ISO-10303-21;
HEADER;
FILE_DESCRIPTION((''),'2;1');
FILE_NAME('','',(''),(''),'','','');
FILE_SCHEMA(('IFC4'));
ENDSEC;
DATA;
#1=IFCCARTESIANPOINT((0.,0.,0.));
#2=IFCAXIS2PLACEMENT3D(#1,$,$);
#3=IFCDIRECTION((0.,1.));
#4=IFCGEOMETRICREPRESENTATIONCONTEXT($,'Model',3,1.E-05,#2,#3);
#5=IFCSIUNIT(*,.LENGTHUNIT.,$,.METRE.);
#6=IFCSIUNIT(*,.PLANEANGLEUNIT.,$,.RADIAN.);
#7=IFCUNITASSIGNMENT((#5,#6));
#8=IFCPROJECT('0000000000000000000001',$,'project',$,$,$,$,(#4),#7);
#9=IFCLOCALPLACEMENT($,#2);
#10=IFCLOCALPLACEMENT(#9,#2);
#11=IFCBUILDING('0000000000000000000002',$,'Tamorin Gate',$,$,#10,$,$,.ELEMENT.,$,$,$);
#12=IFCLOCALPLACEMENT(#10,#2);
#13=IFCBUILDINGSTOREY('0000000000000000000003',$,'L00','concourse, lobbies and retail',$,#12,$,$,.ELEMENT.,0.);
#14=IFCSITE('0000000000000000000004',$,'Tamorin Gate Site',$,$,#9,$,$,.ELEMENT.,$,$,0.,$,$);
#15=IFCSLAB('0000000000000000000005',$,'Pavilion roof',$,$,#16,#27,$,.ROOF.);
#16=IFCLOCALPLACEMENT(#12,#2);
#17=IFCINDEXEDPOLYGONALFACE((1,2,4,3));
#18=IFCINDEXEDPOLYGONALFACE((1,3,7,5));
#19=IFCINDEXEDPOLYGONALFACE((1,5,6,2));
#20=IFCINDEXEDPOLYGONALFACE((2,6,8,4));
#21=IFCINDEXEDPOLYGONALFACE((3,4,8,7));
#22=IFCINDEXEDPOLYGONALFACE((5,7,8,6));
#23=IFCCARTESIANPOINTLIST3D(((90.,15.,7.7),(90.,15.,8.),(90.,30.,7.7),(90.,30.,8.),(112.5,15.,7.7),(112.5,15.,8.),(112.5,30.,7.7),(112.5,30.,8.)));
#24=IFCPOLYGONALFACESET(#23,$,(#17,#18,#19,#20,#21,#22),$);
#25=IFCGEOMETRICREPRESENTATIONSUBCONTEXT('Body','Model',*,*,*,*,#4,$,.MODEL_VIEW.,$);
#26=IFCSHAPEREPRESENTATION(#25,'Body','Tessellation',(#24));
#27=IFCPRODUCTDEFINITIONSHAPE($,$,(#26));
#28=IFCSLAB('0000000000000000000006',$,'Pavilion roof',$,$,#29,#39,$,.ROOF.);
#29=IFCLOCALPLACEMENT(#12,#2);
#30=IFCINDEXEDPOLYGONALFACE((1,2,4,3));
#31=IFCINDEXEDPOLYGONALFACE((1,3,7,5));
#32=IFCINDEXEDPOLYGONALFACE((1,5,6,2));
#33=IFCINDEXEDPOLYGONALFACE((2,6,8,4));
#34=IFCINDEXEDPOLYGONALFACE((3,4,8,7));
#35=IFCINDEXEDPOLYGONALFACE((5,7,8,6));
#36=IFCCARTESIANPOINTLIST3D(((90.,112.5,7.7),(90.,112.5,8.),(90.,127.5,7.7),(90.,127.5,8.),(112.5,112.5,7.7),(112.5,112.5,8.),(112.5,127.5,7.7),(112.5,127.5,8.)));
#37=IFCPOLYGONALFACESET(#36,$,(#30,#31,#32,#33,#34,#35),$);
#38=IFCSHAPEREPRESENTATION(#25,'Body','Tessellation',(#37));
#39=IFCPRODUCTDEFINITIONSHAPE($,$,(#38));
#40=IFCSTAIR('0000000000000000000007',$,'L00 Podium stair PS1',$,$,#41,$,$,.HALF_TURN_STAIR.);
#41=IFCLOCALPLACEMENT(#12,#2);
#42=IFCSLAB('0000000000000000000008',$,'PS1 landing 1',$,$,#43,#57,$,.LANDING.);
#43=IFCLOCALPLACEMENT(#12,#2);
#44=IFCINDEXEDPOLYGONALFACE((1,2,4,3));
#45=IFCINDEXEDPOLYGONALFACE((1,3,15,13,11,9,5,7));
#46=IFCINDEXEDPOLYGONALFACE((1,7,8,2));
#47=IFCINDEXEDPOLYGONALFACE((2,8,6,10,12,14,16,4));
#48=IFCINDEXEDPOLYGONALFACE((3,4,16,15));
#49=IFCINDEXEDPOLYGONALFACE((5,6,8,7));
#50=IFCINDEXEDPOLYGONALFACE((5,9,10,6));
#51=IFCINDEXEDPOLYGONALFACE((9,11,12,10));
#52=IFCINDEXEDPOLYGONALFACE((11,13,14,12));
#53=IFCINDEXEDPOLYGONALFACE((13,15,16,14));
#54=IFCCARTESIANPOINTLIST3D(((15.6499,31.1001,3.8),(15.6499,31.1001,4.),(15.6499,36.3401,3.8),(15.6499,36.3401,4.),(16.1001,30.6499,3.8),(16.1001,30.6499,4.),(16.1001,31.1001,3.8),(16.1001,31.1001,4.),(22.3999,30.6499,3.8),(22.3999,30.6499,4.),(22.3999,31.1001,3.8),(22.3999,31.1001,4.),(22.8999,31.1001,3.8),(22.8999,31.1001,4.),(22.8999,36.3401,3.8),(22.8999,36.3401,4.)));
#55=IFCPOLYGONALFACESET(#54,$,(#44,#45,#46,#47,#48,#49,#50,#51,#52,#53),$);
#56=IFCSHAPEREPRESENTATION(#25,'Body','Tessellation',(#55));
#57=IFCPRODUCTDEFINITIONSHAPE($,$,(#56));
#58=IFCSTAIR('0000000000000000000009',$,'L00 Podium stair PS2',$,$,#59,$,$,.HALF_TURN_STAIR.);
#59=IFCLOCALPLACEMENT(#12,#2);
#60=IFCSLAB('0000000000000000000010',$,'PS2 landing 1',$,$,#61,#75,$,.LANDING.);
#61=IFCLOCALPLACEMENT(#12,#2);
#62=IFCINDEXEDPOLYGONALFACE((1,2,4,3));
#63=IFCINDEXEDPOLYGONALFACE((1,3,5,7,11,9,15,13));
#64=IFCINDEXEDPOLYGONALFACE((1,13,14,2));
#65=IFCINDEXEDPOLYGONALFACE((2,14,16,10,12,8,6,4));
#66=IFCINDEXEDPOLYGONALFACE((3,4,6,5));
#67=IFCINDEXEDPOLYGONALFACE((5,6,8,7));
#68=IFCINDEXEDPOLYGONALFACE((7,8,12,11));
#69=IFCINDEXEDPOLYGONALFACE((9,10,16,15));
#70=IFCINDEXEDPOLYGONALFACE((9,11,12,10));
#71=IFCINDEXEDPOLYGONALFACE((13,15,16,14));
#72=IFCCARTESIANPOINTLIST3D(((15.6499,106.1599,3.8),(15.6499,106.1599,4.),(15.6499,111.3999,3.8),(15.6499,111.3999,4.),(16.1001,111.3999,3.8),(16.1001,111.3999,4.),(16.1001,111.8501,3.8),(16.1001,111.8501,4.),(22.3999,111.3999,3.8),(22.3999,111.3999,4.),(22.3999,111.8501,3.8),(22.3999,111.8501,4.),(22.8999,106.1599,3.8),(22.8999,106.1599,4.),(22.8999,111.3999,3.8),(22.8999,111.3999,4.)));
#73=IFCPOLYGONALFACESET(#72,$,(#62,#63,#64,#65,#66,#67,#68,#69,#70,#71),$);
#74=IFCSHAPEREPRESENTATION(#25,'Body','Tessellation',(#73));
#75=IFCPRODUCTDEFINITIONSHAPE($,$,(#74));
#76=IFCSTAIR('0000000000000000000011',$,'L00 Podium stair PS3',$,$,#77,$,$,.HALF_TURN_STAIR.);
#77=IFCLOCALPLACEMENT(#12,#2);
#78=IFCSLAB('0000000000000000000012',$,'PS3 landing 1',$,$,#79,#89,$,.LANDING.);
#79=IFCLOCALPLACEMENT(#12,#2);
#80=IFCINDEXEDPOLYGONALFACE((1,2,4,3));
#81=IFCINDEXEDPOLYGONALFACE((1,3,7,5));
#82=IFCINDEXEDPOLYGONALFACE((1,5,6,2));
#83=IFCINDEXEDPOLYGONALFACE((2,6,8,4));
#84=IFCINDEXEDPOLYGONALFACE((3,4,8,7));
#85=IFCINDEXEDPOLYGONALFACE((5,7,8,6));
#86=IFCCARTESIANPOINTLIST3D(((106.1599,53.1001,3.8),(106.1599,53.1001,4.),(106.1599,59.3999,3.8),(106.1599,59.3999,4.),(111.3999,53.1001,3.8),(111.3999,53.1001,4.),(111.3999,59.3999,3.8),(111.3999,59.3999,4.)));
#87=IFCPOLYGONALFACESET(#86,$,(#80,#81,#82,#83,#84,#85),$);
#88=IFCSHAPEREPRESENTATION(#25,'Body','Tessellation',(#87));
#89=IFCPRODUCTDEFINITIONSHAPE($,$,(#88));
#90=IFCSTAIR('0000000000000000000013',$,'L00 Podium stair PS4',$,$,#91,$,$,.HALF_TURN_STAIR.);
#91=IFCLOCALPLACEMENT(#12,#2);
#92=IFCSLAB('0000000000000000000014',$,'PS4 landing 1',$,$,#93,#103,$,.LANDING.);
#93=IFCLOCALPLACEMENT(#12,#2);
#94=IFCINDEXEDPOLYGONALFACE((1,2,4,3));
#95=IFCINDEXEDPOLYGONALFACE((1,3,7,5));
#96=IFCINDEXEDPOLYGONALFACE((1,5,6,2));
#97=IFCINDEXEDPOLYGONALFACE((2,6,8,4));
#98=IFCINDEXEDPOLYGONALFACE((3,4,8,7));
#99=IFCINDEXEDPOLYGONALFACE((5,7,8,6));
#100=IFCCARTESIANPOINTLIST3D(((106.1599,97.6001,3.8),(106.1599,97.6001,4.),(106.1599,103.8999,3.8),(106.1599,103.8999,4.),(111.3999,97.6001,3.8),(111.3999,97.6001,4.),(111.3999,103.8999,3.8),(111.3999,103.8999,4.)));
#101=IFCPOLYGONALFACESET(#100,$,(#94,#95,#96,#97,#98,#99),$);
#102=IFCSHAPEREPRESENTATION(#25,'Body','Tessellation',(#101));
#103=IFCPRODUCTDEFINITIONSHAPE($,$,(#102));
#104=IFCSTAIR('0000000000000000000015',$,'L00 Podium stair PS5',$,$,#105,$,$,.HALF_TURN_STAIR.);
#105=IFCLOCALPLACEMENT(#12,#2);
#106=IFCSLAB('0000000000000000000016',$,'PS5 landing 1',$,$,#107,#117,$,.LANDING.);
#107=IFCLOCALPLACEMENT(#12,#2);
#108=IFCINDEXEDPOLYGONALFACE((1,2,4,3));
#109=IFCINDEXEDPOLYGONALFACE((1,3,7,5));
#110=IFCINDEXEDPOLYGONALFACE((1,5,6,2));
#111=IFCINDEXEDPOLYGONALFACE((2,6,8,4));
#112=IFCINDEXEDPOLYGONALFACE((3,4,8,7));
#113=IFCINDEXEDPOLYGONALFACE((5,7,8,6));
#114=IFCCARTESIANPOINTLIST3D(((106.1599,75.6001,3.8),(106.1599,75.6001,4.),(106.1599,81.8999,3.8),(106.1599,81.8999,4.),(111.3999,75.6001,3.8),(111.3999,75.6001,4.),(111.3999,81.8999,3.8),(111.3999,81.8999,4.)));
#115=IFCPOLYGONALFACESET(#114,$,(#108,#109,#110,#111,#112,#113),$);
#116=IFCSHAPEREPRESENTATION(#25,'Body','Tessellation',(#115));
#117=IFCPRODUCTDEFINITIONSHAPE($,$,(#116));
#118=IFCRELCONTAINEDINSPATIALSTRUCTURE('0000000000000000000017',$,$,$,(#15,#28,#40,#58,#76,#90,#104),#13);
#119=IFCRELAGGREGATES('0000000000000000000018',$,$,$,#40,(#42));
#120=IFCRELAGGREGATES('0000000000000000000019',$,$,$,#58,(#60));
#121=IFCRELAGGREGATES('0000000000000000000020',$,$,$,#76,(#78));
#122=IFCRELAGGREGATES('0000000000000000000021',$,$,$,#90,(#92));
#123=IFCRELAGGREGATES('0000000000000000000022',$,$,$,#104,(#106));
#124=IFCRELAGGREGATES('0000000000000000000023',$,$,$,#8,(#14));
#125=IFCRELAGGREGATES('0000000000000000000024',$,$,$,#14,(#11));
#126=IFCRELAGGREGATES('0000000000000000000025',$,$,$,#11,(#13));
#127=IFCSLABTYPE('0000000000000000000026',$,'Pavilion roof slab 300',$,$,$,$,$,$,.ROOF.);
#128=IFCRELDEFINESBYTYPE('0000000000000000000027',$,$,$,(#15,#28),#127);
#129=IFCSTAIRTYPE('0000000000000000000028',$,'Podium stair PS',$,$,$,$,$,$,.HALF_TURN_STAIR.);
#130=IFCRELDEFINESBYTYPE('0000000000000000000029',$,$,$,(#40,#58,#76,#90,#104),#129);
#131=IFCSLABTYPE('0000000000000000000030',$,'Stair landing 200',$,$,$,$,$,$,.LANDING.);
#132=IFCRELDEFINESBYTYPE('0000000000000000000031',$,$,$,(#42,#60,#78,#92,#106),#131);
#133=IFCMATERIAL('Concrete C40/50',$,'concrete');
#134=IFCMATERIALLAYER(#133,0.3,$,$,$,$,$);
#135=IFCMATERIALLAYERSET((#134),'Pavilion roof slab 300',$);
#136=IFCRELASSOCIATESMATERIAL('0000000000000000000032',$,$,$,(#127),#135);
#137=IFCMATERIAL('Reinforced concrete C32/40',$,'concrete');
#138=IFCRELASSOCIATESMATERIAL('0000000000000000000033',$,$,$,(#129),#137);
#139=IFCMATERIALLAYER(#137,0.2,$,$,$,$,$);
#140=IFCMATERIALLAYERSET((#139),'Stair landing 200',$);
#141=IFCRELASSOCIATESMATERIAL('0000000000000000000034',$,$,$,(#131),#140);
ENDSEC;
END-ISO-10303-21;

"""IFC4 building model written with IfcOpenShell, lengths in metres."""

from ifc_helpers import new_model, si_unit, direction, frame, origin, place, context, subcontext, project, spatial, polyline, outline, extrude, material, layer, layer_set, type_object, element, aggregate, save


model = new_model("IFC4")

# Units and contexts
model_context = context("Model", 3, precision=1e-05, world=origin(), true_north=direction((0.0, 1.0)))
body_context = subcontext(model_context, "Body", "Model", "MODEL_VIEW")
ifc_project = project(units=[si_unit("LENGTHUNIT", "METRE"), si_unit("PLANEANGLEUNIT", "RADIAN")], contexts=[model_context])

# Site, building, storey
site_placement = place(None, origin())
site = spatial("IfcSite", under=ifc_project, at=site_placement, Name="Tamorin Gate Site", CompositionType="ELEMENT", RefElevation=0.0)
building_placement = place(site_placement, origin())
building = spatial("IfcBuilding", under=site, at=building_placement, Name="Tamorin Gate", CompositionType="ELEMENT")
storey_placement = place(building_placement, origin())
storey = spatial("IfcBuildingStorey", under=building, at=storey_placement, Name="L00", Description="concourse, lobbies and retail", CompositionType="ELEMENT", Elevation=0.0)

# Shared definitions
ifc_material_1 = material(Name="Concrete C40/50", Category="concrete")

# Slabs
ifc_layer_1 = layer(ifc_material_1, 0.3)
ifc_layer_set_1 = layer_set([ifc_layer_1], Name="Pavilion roof slab 300")
slab_type_1 = type_object("IfcSlabType", Name="Pavilion roof slab 300", PredefinedType="ROOF", material=ifc_layer_set_1)
slab_1_placement = place(storey_placement, frame((0.0, 0.0, 7.7)))
element("IfcSlab", 1, at=slab_1_placement, inside=storey, type_object=slab_type_1, Name="Pavilion roof", PredefinedType="ROOF", context=body_context, shape_type="SweptSolid", body=[
    extrude(outline(polyline([(90.0, 15.0), (112.5, 15.0), (112.5, 30.0), (90.0, 30.0), (90.0, 15.0)])), origin(), (0.0, 0.0, 1.0), 0.3),
])
slab_2_placement = place(storey_placement, frame((0.0, 0.0, 7.7)))
element("IfcSlab", 2, at=slab_2_placement, inside=storey, type_object=slab_type_1, Name="Pavilion roof", PredefinedType="ROOF", context=body_context, shape_type="SweptSolid", body=[
    extrude(outline(polyline([(90.0, 112.5), (112.5, 112.5), (112.5, 127.5), (90.0, 127.5), (90.0, 112.5)])), origin(), (0.0, 0.0, 1.0), 0.3),
])

# Stairs, slabs
ifc_material_2 = material(Name="Reinforced concrete C32/40", Category="concrete")
stair_type_1 = type_object("IfcStairType", Name="Podium stair PS", PredefinedType="HALF_TURN_STAIR", material=ifc_material_2)
stair_1_placement = place(storey_placement, origin())
stair_1 = element("IfcStair", 3, at=stair_1_placement, inside=storey, type_object=stair_type_1, Name="L00 Podium stair PS1", PredefinedType="HALF_TURN_STAIR")
ifc_layer_2 = layer(ifc_material_2, 0.2)
ifc_layer_set_2 = layer_set([ifc_layer_2], Name="Stair landing 200")
slab_type_2 = type_object("IfcSlabType", Name="Stair landing 200", PredefinedType="LANDING", material=ifc_layer_set_2)
slab_3_placement = place(storey_placement, frame((0.0, 0.0, 3.8)))
slab_3 = element("IfcSlab", 4, at=slab_3_placement, type_object=slab_type_2, Name="PS1 landing 1", PredefinedType="LANDING", context=body_context, shape_type="SweptSolid", body=[
    extrude(outline(polyline([(22.8999, 36.3401), (22.8999, 31.1001), (22.3999, 31.1001), (22.3999, 30.6499), (16.1001, 30.6499), (16.1001, 31.1001), (15.6499, 31.1001), (15.6499, 36.3401), (22.8999, 36.3401)])), origin(), (0.0, 0.0, 1.0), 0.2),
])
aggregate(stair_1, [slab_3])
stair_2_placement = place(storey_placement, origin())
stair_2 = element("IfcStair", 5, at=stair_2_placement, inside=storey, type_object=stair_type_1, Name="L00 Podium stair PS2", PredefinedType="HALF_TURN_STAIR")
slab_4_placement = place(storey_placement, frame((0.0, 0.0, 3.8)))
slab_4 = element("IfcSlab", 6, at=slab_4_placement, type_object=slab_type_2, Name="PS2 landing 1", PredefinedType="LANDING", context=body_context, shape_type="SweptSolid", body=[
    extrude(outline(polyline([(22.8999, 106.1599), (15.6499, 106.1599), (15.6499, 111.3999), (16.1001, 111.3999), (16.1001, 111.8501), (22.3999, 111.8501), (22.3999, 111.3999), (22.8999, 111.3999), (22.8999, 106.1599)])), origin(), (0.0, 0.0, 1.0), 0.2),
])
aggregate(stair_2, [slab_4])
stair_3_placement = place(storey_placement, origin())
stair_3 = element("IfcStair", 7, at=stair_3_placement, inside=storey, type_object=stair_type_1, Name="L00 Podium stair PS3", PredefinedType="HALF_TURN_STAIR")
slab_5_placement = place(storey_placement, frame((0.0, 0.0, 3.8)))
slab_5 = element("IfcSlab", 8, at=slab_5_placement, type_object=slab_type_2, Name="PS3 landing 1", PredefinedType="LANDING", context=body_context, shape_type="SweptSolid", body=[
    extrude(outline(polyline([(111.3999, 53.1001), (111.3999, 59.3999), (106.1599, 59.3999), (106.1599, 53.1001), (111.3999, 53.1001)])), origin(), (0.0, 0.0, 1.0), 0.2),
])
aggregate(stair_3, [slab_5])
stair_4_placement = place(storey_placement, origin())
stair_4 = element("IfcStair", 9, at=stair_4_placement, inside=storey, type_object=stair_type_1, Name="L00 Podium stair PS4", PredefinedType="HALF_TURN_STAIR")
slab_6_placement = place(storey_placement, frame((0.0, 0.0, 3.8)))
slab_6 = element("IfcSlab", 10, at=slab_6_placement, type_object=slab_type_2, Name="PS4 landing 1", PredefinedType="LANDING", context=body_context, shape_type="SweptSolid", body=[
    extrude(outline(polyline([(111.3999, 97.6001), (111.3999, 103.8999), (106.1599, 103.8999), (106.1599, 97.6001), (111.3999, 97.6001)])), origin(), (0.0, 0.0, 1.0), 0.2),
])
aggregate(stair_4, [slab_6])
stair_5_placement = place(storey_placement, origin())
stair_5 = element("IfcStair", 11, at=stair_5_placement, inside=storey, type_object=stair_type_1, Name="L00 Podium stair PS5", PredefinedType="HALF_TURN_STAIR")
slab_7_placement = place(storey_placement, frame((0.0, 0.0, 3.8)))
slab_7 = element("IfcSlab", 12, at=slab_7_placement, type_object=slab_type_2, Name="PS5 landing 1", PredefinedType="LANDING", context=body_context, shape_type="SweptSolid", body=[
    extrude(outline(polyline([(111.3999, 75.6001), (111.3999, 81.8999), (106.1599, 81.8999), (106.1599, 75.6001), (111.3999, 75.6001)])), origin(), (0.0, 0.0, 1.0), 0.2),
])
aggregate(stair_5, [slab_7])

save(model, "model.ifc")
